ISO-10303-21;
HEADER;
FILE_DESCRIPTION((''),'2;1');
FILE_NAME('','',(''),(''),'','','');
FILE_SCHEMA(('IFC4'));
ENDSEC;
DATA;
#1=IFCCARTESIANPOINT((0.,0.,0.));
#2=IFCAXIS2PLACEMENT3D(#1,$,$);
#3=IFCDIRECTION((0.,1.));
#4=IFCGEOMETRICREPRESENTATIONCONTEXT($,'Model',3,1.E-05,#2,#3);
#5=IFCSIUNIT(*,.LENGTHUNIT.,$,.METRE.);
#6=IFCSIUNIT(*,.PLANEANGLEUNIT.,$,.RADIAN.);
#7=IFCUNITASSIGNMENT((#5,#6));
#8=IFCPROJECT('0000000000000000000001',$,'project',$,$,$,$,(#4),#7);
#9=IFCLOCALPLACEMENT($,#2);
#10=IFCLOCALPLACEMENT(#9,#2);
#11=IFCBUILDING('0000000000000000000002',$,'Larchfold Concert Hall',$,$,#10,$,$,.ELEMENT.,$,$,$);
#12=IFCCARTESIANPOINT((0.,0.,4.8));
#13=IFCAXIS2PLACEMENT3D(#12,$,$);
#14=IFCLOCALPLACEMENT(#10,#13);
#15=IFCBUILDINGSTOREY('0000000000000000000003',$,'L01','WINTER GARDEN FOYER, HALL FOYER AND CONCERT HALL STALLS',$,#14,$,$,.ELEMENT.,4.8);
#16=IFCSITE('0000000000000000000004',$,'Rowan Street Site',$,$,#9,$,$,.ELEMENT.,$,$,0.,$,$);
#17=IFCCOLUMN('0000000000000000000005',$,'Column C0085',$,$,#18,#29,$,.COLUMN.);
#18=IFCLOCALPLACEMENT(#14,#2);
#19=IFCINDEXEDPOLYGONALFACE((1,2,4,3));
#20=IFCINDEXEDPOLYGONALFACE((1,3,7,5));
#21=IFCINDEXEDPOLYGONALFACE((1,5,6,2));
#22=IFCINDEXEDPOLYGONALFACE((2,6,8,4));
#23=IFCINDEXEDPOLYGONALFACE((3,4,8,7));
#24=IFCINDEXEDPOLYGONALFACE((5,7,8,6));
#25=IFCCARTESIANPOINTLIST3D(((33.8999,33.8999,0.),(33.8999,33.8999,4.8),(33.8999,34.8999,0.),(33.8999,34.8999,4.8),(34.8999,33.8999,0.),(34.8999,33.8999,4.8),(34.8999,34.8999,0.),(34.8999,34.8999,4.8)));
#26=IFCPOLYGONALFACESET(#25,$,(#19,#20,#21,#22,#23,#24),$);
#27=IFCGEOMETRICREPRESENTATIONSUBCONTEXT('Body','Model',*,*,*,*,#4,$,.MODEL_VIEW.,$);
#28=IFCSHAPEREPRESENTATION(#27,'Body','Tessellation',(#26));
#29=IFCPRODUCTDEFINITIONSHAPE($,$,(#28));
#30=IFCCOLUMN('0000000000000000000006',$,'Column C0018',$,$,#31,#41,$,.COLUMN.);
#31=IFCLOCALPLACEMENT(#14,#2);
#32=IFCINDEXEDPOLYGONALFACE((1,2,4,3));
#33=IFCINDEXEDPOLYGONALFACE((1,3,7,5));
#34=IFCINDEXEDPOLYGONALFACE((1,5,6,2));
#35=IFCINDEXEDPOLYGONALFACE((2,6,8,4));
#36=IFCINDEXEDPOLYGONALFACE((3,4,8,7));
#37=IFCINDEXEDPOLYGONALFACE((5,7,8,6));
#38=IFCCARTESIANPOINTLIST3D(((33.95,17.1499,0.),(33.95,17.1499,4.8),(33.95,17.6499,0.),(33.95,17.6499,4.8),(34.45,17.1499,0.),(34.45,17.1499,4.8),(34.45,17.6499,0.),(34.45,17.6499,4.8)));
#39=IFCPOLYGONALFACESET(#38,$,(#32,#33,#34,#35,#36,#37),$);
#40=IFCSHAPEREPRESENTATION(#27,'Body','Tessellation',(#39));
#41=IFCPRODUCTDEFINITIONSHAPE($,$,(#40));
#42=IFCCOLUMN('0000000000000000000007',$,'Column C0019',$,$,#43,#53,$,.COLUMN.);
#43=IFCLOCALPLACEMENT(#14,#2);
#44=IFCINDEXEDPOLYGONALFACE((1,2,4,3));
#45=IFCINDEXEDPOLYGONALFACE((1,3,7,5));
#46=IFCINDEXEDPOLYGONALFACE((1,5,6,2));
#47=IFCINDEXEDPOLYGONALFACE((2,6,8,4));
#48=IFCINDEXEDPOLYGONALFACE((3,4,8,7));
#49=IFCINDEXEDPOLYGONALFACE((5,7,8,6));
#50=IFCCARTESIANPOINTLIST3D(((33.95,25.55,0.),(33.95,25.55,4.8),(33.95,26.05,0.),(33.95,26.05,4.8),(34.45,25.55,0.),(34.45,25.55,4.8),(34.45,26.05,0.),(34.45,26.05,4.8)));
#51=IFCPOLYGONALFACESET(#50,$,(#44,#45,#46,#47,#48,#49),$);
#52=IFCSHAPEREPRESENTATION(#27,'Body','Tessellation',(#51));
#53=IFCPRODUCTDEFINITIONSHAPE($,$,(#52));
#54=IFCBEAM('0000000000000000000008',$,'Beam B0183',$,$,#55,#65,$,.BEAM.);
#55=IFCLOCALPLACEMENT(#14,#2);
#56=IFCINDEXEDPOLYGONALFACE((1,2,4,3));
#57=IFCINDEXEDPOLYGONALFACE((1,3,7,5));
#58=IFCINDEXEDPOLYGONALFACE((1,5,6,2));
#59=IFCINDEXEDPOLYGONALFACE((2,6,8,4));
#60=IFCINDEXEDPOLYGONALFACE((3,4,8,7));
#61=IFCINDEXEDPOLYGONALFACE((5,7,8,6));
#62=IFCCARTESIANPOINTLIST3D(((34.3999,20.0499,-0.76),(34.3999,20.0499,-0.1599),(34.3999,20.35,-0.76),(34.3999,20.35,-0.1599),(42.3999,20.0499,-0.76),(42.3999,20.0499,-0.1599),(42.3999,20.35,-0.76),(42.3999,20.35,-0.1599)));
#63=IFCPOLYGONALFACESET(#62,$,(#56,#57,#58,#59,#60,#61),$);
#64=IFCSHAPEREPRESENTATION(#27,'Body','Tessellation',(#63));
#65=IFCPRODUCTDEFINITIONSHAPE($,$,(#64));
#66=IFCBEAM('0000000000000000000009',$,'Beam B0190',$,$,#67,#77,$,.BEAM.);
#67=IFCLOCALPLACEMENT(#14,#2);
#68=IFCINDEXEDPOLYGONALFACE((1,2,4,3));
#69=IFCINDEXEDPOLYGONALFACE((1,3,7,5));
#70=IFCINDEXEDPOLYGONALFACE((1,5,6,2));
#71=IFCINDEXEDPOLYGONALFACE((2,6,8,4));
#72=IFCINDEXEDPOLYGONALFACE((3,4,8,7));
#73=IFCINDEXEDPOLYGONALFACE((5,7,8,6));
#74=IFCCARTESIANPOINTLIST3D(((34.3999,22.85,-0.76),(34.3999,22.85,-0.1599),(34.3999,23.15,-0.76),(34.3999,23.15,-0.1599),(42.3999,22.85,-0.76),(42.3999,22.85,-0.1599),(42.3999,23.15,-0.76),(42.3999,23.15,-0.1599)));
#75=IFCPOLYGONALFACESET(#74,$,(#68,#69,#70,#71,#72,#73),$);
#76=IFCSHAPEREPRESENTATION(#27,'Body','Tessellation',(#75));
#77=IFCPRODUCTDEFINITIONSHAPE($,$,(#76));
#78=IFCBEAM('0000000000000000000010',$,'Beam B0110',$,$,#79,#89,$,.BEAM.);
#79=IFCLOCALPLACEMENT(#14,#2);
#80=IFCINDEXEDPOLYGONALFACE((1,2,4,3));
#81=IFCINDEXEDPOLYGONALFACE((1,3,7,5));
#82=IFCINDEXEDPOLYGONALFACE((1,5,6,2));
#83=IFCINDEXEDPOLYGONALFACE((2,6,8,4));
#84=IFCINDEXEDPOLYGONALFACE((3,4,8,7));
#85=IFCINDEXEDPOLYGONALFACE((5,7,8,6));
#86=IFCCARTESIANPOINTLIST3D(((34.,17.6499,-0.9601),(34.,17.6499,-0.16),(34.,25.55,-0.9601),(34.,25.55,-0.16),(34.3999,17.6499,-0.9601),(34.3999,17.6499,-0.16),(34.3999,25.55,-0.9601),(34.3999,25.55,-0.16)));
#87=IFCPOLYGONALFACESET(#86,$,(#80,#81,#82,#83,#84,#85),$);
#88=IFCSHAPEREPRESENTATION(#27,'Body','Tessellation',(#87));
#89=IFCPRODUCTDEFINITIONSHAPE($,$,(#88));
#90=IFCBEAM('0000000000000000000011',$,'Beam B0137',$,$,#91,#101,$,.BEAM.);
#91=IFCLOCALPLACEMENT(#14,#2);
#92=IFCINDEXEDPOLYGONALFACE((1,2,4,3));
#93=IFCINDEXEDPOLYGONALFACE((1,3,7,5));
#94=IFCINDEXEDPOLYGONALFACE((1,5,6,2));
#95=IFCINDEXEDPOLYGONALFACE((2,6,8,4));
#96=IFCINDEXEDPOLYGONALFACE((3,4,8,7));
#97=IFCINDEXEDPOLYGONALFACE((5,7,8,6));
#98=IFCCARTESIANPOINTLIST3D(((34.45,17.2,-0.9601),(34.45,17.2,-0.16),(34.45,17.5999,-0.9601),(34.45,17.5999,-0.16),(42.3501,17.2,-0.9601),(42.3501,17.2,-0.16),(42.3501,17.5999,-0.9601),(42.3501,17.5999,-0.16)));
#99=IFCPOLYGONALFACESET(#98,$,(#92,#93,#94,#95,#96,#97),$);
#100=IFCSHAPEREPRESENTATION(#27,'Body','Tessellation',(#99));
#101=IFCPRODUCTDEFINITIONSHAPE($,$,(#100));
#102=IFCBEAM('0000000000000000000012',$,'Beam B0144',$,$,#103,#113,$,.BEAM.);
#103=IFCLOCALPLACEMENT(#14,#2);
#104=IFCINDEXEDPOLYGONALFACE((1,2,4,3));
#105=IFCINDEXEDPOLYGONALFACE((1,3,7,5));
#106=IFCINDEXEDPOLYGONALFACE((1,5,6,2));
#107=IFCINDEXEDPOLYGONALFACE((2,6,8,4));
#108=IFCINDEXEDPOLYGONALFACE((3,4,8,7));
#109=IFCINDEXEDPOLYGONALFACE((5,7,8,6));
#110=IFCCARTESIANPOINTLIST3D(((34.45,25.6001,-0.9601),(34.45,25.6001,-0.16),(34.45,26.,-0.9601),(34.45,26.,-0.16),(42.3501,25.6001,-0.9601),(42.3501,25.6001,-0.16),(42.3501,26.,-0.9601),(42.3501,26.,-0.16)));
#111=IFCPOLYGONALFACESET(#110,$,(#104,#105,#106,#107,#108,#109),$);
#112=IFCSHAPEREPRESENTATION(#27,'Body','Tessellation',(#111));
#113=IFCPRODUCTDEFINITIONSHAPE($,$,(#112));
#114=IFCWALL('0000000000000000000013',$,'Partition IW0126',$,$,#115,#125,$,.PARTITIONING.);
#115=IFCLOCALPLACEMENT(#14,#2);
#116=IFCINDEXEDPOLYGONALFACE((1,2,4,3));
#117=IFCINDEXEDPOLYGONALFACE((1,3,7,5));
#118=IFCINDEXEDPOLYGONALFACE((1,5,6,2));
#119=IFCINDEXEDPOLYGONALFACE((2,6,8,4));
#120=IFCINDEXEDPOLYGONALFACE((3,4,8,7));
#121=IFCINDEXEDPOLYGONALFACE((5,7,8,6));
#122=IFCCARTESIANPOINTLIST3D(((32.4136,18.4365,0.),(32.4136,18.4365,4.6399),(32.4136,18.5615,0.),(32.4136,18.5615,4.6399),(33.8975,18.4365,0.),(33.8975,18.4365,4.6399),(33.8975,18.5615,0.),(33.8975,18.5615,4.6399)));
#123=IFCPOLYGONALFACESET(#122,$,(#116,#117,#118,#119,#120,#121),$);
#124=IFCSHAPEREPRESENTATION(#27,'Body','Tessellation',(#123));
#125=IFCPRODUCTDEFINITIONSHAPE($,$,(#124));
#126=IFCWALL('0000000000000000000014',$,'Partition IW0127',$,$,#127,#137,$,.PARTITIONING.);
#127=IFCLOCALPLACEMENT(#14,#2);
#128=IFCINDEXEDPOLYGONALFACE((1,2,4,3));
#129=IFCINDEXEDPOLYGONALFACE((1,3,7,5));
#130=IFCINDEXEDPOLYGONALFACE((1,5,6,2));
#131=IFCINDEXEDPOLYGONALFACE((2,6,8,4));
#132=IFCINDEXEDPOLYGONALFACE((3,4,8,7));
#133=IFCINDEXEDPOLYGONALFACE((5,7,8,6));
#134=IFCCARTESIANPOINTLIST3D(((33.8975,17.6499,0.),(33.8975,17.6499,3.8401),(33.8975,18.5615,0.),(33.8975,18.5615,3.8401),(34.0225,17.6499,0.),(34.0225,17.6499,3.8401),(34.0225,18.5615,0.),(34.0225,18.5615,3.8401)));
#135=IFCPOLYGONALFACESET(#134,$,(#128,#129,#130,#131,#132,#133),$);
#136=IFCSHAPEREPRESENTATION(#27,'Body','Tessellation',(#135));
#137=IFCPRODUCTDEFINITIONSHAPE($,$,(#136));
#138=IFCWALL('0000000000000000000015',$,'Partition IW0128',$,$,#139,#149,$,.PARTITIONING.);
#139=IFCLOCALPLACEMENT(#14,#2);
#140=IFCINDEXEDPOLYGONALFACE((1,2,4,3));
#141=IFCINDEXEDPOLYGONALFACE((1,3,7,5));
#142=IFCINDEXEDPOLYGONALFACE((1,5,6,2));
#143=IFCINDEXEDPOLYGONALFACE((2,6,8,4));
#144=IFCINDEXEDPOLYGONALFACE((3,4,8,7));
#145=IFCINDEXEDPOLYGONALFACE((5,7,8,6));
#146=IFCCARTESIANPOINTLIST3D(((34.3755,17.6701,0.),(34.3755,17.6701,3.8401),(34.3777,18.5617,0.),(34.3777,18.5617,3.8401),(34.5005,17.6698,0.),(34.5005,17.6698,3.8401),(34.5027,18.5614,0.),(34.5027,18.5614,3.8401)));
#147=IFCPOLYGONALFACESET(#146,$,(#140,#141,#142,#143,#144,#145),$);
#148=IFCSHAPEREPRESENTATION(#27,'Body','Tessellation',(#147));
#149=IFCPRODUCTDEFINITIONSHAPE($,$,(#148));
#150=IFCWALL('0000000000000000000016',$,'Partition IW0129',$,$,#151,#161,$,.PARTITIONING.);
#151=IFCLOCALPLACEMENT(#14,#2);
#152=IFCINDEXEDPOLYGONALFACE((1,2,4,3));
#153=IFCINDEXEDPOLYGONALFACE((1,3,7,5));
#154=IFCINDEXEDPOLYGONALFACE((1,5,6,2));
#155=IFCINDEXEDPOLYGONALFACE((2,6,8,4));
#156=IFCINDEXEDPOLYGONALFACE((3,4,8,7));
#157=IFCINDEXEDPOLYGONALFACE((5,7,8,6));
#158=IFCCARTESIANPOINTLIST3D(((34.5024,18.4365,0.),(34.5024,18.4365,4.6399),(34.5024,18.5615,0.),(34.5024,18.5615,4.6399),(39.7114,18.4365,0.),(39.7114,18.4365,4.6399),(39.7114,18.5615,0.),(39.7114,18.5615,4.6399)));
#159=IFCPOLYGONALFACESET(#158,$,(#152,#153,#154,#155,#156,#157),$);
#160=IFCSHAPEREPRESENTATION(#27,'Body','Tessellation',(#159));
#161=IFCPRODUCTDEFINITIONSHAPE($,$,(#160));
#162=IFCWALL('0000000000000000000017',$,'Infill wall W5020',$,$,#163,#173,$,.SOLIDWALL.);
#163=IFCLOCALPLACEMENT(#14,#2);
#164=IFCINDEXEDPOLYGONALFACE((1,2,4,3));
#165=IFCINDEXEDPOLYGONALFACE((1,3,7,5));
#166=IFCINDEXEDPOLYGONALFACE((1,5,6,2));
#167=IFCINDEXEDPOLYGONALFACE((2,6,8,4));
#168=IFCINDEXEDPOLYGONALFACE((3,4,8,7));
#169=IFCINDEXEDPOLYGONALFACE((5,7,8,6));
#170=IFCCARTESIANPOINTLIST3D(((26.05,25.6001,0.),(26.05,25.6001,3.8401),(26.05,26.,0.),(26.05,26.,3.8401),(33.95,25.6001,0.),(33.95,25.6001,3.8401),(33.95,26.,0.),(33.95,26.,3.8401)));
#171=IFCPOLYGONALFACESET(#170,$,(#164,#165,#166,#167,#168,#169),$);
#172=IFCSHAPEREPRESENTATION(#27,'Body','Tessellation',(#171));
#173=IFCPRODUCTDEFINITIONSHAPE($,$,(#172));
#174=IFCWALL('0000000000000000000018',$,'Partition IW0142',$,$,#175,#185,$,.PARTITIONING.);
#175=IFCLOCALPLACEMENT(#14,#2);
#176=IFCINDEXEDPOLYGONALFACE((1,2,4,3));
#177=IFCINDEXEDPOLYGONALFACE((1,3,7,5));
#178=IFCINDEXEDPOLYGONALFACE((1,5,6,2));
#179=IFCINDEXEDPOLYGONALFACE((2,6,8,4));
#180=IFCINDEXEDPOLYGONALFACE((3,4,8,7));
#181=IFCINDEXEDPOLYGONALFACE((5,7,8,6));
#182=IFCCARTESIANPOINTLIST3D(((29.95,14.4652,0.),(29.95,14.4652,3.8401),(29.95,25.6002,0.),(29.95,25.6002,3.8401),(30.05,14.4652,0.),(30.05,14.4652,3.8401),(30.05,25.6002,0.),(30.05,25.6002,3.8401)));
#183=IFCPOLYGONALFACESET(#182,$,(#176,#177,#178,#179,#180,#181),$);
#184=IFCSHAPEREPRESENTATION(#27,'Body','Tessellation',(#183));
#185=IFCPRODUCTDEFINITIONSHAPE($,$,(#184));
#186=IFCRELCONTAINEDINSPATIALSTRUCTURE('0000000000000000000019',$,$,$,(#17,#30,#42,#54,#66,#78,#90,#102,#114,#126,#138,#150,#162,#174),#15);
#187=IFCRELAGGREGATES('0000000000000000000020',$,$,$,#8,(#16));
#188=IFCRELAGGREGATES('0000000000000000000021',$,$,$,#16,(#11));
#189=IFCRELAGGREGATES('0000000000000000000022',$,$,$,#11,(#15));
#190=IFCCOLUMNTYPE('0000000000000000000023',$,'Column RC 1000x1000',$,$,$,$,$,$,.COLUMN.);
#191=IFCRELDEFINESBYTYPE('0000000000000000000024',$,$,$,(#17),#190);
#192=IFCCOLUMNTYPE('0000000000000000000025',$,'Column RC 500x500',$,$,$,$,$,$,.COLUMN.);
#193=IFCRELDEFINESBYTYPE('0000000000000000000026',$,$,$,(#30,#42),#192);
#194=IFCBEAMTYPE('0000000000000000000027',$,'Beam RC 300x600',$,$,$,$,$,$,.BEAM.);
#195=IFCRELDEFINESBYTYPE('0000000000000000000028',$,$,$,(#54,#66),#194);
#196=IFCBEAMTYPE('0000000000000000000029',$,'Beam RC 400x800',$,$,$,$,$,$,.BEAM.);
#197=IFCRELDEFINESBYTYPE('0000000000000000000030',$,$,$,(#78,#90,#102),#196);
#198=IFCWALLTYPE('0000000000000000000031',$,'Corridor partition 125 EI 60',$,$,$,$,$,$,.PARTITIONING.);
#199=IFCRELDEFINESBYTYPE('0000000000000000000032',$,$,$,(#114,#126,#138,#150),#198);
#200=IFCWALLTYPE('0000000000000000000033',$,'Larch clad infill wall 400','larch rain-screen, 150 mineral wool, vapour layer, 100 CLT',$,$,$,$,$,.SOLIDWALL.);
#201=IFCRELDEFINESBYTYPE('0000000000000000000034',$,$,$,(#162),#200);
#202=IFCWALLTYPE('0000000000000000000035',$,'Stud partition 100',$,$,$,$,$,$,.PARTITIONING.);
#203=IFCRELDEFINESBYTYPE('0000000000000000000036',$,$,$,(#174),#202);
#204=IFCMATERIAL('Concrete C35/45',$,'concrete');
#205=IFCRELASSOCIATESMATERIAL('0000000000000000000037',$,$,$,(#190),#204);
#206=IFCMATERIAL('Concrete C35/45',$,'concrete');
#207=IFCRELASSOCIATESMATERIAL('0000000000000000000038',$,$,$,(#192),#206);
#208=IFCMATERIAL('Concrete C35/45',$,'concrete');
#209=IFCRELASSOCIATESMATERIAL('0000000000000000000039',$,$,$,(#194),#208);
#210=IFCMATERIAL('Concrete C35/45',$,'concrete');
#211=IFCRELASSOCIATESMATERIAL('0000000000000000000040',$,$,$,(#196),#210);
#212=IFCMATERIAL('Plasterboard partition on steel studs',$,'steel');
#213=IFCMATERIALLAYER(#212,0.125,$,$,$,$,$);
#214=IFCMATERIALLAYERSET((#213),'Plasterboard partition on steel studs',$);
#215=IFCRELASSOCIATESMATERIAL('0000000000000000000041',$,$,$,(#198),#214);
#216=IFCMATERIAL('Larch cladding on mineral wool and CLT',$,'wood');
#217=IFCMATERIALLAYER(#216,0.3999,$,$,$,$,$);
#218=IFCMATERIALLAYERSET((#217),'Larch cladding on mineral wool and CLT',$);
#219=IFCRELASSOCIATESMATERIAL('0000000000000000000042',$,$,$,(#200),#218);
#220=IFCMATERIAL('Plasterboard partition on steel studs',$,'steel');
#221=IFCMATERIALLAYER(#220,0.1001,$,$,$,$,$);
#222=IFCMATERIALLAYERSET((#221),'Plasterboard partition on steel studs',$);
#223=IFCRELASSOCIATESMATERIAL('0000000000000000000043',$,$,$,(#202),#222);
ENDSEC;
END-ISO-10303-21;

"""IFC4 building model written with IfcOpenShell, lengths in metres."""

from ifc_helpers import new_model, si_unit, direction, frame, frame_2d, origin, origin_2d, place, context, subcontext, project, spatial, rectangle, extrude, material, layer, layer_set, material_profile, profile_set, type_object, element, save


model = new_model("IFC4")

# Units and contexts
model_context = context("Model", 3, precision=1e-05, world=origin(), true_north=direction((0.0, 1.0)))
body_context = subcontext(model_context, "Body", "Model", "MODEL_VIEW")
ifc_project = project(units=[si_unit("LENGTHUNIT", "METRE"), si_unit("PLANEANGLEUNIT", "RADIAN")], contexts=[model_context])

# Site, building, storey
site_placement = place(None, origin())
site = spatial("IfcSite", under=ifc_project, at=site_placement, Name="Rowan Street Site", CompositionType="ELEMENT", RefElevation=0.0)
building_placement = place(site_placement, origin())
building = spatial("IfcBuilding", under=site, at=building_placement, Name="Larchfold Concert Hall", CompositionType="ELEMENT")
storey_placement = place(building_placement, frame((0.0, 0.0, 4.8)))
storey = spatial("IfcBuildingStorey", under=building, at=storey_placement, Name="L01", Description="WINTER GARDEN FOYER, HALL FOYER AND CONCERT HALL STALLS", CompositionType="ELEMENT", Elevation=4.8)

# Columns
ifc_material_1 = material(Name="Concrete C35/45", Category="concrete")
ifc_material_profile_1 = material_profile(ifc_material_1, rectangle(XDim=1.0, YDim=1.0, at=origin_2d()))
ifc_profile_set_1 = profile_set([ifc_material_profile_1], Name="Concrete C35/45")
column_type_1 = type_object("IfcColumnType", Name="Column RC 1000x1000", PredefinedType="COLUMN", material=ifc_profile_set_1)
column_placement = place(storey_placement, frame((34.3999, 34.3999, 0.0), z_axis=(0.0, 0.0, 1.0), x_axis=(1.0, 0.0, 0.0)))
element("IfcColumn", 1, at=column_placement, inside=storey, type_object=column_type_1, Name="Column C0085", PredefinedType="COLUMN", context=body_context, shape_type="SweptSolid", body=[
    extrude(rectangle(XDim=1.0, YDim=1.0, at=origin_2d()), origin(), (0.0, 0.0, 1.0), 4.8),
])
ifc_material_2 = material(Name="Concrete C35/45", Category="concrete")
ifc_material_profile_2 = material_profile(ifc_material_2, rectangle(XDim=0.5, YDim=0.5, at=origin_2d()))
ifc_profile_set_2 = profile_set([ifc_material_profile_2], Name="Concrete C35/45")
column_type_2 = type_object("IfcColumnType", Name="Column RC 500x500", PredefinedType="COLUMN", material=ifc_profile_set_2)
for number, where, z_axis, x_axis, name in (
    (2, (34.2, 17.3999, 0.0), (0.0, 0.0, 1.0), (1.0, 0.0, 0.0), "Column C0018"),
    (3, (34.2, 25.8, 0.0), (0.0, 0.0, 1.0), (1.0, 0.0, 0.0), "Column C0019"),
):
    element("IfcColumn", number, at=place(storey_placement, frame(where, z_axis=z_axis, x_axis=x_axis)), inside=storey, type_object=column_type_2, Name=name, PredefinedType="COLUMN", context=body_context, shape_type="SweptSolid", body=[
        extrude(rectangle(XDim=0.5, YDim=0.5, at=origin_2d()), origin(), (0.0, 0.0, 1.0), 4.8),
    ])

# Beams
ifc_material_3 = material(Name="Concrete C35/45", Category="concrete")
ifc_material_profile_3 = material_profile(ifc_material_3, rectangle(XDim=0.3, YDim=0.6001, at=origin_2d()))
ifc_profile_set_3 = profile_set([ifc_material_profile_3], Name="Concrete C35/45")
beam_type_1 = type_object("IfcBeamType", Name="Beam RC 300x600", PredefinedType="BEAM", material=ifc_profile_set_3)
for number, where, z_axis, x_axis, name in (
    (4, (34.3999, 20.2, -0.46), (1.0, 0.0, 0.0), (0.0, 1.0, 0.0), "Beam B0183"),
    (5, (34.3999, 23.0, -0.46), (1.0, 0.0, 0.0), (0.0, 1.0, 0.0), "Beam B0190"),
):
    element("IfcBeam", number, at=place(storey_placement, frame(where, z_axis=z_axis, x_axis=x_axis)), inside=storey, type_object=beam_type_1, Name=name, PredefinedType="BEAM", context=body_context, shape_type="SweptSolid", body=[
        extrude(rectangle(XDim=0.3, YDim=0.6001, at=origin_2d()), origin(), (0.0, 0.0, 1.0), 8.0),
    ])
ifc_material_4 = material(Name="Concrete C35/45", Category="concrete")
ifc_material_profile_4 = material_profile(ifc_material_4, rectangle(XDim=0.3999, YDim=0.8, at=origin_2d()))
ifc_profile_set_4 = profile_set([ifc_material_profile_4], Name="Concrete C35/45")
beam_type_2 = type_object("IfcBeamType", Name="Beam RC 400x800", PredefinedType="BEAM", material=ifc_profile_set_4)
for number, where, z_axis, x_axis, name in (
    (6, (34.2, 17.6499, -0.5601), (0.0, 1.0, 0.0), (-1.0, 0.0, 0.0), "Beam B0110"),
    (7, (34.45, 17.3999, -0.5601), (1.0, 0.0, 0.0), (0.0, 1.0, 0.0), "Beam B0137"),
    (8, (34.45, 25.8, -0.5601), (1.0, 0.0, 0.0), (0.0, 1.0, 0.0), "Beam B0144"),
):
    element("IfcBeam", number, at=place(storey_placement, frame(where, z_axis=z_axis, x_axis=x_axis)), inside=storey, type_object=beam_type_2, Name=name, PredefinedType="BEAM", context=body_context, shape_type="SweptSolid", body=[
        extrude(rectangle(XDim=0.3999, YDim=0.8, at=origin_2d()), origin(), (0.0, 0.0, 1.0), 7.9001),
    ])

# Walls
ifc_material_5 = material(Name="Plasterboard partition on steel studs", Category="steel")
ifc_layer_1 = layer(ifc_material_5, 0.125)
ifc_layer_set_1 = layer_set([ifc_layer_1], Name="Plasterboard partition on steel studs")
wall_type_1 = type_object("IfcWallType", Name="Corridor partition 125 EI 60", PredefinedType="PARTITIONING", material=ifc_layer_set_1)
wall_1_placement = place(storey_placement, frame((32.4136, 18.499, 0.0), z_axis=(0.0, 0.0, 1.0), x_axis=(1.0, 0.0, 0.0)))
element("IfcWall", 9, at=wall_1_placement, inside=storey, type_object=wall_type_1, Name="Partition IW0126", PredefinedType="PARTITIONING", context=body_context, shape_type="SweptSolid", body=[
    extrude(rectangle(XDim=1.4839, YDim=0.125, at=frame_2d((0.7419, 0.0))), origin(), (0.0, 0.0, 1.0), 4.6399),
])
wall_2_placement = place(storey_placement, frame((33.96, 18.5615, 0.0), z_axis=(0.0, 0.0, 1.0), x_axis=(0.0, -1.0, 0.0)))
element("IfcWall", 10, at=wall_2_placement, inside=storey, type_object=wall_type_1, Name="Partition IW0127", PredefinedType="PARTITIONING", context=body_context, shape_type="SweptSolid", body=[
    extrude(rectangle(XDim=0.9116, YDim=0.125, at=frame_2d((0.4558, 0.0))), origin(), (0.0, 0.0, 1.0), 3.8401),
])
wall_3_placement = place(storey_placement, frame((34.438, 17.6699, 0.0), z_axis=(0.0, 0.0, 1.0), x_axis=(0.002464, 0.999997, 0.0)))
element("IfcWall", 11, at=wall_3_placement, inside=storey, type_object=wall_type_1, Name="Partition IW0128", PredefinedType="PARTITIONING", context=body_context, shape_type="SweptSolid", body=[
    extrude(rectangle(XDim=0.8916, YDim=0.125, at=frame_2d((0.4458, 0.0))), origin(), (0.0, 0.0, 1.0), 3.8401),
])
wall_4_placement = place(storey_placement, frame((34.5024, 18.499, 0.0), z_axis=(0.0, 0.0, 1.0), x_axis=(1.0, 0.0, 0.0)))
element("IfcWall", 12, at=wall_4_placement, inside=storey, type_object=wall_type_1, Name="Partition IW0129", PredefinedType="PARTITIONING", context=body_context, shape_type="SweptSolid", body=[
    extrude(rectangle(XDim=5.209, YDim=0.125, at=frame_2d((2.6045, 0.0))), origin(), (0.0, 0.0, 1.0), 4.6399),
])
ifc_material_6 = material(Name="Larch cladding on mineral wool and CLT", Category="wood")
ifc_layer_2 = layer(ifc_material_6, 0.3999)
ifc_layer_set_2 = layer_set([ifc_layer_2], Name="Larch cladding on mineral wool and CLT")
wall_type_2 = type_object("IfcWallType", Name="Larch clad infill wall 400", Description="larch rain-screen, 150 mineral wool, vapour layer, 100 CLT", PredefinedType="SOLIDWALL", material=ifc_layer_set_2)
wall_5_placement = place(storey_placement, frame((33.95, 25.8, 0.0), z_axis=(0.0, 0.0, 1.0), x_axis=(-1.0, 0.0, 0.0)))
element("IfcWall", 13, at=wall_5_placement, inside=storey, type_object=wall_type_2, Name="Infill wall W5020", PredefinedType="SOLIDWALL", context=body_context, shape_type="SweptSolid", body=[
    extrude(rectangle(XDim=7.8999, YDim=0.3999, at=frame_2d((3.95, 0.0))), origin(), (0.0, 0.0, 1.0), 3.8401),
])
ifc_material_7 = material(Name="Plasterboard partition on steel studs", Category="steel")
ifc_layer_3 = layer(ifc_material_7, 0.1001)
ifc_layer_set_3 = layer_set([ifc_layer_3], Name="Plasterboard partition on steel studs")
wall_type_3 = type_object("IfcWallType", Name="Stud partition 100", PredefinedType="PARTITIONING", material=ifc_layer_set_3)
wall_6_placement = place(storey_placement, frame((30.0, 25.6001, 0.0), z_axis=(0.0, 0.0, 1.0), x_axis=(0.0, -1.0, 0.0)))
element("IfcWall", 14, at=wall_6_placement, inside=storey, type_object=wall_type_3, Name="Partition IW0142", PredefinedType="PARTITIONING", context=body_context, shape_type="SweptSolid", body=[
    extrude(rectangle(XDim=11.135, YDim=0.1001, at=frame_2d((5.5674, 0.0))), origin(), (0.0, 0.0, 1.0), 3.8401),
])

save(model, "model.ifc")
